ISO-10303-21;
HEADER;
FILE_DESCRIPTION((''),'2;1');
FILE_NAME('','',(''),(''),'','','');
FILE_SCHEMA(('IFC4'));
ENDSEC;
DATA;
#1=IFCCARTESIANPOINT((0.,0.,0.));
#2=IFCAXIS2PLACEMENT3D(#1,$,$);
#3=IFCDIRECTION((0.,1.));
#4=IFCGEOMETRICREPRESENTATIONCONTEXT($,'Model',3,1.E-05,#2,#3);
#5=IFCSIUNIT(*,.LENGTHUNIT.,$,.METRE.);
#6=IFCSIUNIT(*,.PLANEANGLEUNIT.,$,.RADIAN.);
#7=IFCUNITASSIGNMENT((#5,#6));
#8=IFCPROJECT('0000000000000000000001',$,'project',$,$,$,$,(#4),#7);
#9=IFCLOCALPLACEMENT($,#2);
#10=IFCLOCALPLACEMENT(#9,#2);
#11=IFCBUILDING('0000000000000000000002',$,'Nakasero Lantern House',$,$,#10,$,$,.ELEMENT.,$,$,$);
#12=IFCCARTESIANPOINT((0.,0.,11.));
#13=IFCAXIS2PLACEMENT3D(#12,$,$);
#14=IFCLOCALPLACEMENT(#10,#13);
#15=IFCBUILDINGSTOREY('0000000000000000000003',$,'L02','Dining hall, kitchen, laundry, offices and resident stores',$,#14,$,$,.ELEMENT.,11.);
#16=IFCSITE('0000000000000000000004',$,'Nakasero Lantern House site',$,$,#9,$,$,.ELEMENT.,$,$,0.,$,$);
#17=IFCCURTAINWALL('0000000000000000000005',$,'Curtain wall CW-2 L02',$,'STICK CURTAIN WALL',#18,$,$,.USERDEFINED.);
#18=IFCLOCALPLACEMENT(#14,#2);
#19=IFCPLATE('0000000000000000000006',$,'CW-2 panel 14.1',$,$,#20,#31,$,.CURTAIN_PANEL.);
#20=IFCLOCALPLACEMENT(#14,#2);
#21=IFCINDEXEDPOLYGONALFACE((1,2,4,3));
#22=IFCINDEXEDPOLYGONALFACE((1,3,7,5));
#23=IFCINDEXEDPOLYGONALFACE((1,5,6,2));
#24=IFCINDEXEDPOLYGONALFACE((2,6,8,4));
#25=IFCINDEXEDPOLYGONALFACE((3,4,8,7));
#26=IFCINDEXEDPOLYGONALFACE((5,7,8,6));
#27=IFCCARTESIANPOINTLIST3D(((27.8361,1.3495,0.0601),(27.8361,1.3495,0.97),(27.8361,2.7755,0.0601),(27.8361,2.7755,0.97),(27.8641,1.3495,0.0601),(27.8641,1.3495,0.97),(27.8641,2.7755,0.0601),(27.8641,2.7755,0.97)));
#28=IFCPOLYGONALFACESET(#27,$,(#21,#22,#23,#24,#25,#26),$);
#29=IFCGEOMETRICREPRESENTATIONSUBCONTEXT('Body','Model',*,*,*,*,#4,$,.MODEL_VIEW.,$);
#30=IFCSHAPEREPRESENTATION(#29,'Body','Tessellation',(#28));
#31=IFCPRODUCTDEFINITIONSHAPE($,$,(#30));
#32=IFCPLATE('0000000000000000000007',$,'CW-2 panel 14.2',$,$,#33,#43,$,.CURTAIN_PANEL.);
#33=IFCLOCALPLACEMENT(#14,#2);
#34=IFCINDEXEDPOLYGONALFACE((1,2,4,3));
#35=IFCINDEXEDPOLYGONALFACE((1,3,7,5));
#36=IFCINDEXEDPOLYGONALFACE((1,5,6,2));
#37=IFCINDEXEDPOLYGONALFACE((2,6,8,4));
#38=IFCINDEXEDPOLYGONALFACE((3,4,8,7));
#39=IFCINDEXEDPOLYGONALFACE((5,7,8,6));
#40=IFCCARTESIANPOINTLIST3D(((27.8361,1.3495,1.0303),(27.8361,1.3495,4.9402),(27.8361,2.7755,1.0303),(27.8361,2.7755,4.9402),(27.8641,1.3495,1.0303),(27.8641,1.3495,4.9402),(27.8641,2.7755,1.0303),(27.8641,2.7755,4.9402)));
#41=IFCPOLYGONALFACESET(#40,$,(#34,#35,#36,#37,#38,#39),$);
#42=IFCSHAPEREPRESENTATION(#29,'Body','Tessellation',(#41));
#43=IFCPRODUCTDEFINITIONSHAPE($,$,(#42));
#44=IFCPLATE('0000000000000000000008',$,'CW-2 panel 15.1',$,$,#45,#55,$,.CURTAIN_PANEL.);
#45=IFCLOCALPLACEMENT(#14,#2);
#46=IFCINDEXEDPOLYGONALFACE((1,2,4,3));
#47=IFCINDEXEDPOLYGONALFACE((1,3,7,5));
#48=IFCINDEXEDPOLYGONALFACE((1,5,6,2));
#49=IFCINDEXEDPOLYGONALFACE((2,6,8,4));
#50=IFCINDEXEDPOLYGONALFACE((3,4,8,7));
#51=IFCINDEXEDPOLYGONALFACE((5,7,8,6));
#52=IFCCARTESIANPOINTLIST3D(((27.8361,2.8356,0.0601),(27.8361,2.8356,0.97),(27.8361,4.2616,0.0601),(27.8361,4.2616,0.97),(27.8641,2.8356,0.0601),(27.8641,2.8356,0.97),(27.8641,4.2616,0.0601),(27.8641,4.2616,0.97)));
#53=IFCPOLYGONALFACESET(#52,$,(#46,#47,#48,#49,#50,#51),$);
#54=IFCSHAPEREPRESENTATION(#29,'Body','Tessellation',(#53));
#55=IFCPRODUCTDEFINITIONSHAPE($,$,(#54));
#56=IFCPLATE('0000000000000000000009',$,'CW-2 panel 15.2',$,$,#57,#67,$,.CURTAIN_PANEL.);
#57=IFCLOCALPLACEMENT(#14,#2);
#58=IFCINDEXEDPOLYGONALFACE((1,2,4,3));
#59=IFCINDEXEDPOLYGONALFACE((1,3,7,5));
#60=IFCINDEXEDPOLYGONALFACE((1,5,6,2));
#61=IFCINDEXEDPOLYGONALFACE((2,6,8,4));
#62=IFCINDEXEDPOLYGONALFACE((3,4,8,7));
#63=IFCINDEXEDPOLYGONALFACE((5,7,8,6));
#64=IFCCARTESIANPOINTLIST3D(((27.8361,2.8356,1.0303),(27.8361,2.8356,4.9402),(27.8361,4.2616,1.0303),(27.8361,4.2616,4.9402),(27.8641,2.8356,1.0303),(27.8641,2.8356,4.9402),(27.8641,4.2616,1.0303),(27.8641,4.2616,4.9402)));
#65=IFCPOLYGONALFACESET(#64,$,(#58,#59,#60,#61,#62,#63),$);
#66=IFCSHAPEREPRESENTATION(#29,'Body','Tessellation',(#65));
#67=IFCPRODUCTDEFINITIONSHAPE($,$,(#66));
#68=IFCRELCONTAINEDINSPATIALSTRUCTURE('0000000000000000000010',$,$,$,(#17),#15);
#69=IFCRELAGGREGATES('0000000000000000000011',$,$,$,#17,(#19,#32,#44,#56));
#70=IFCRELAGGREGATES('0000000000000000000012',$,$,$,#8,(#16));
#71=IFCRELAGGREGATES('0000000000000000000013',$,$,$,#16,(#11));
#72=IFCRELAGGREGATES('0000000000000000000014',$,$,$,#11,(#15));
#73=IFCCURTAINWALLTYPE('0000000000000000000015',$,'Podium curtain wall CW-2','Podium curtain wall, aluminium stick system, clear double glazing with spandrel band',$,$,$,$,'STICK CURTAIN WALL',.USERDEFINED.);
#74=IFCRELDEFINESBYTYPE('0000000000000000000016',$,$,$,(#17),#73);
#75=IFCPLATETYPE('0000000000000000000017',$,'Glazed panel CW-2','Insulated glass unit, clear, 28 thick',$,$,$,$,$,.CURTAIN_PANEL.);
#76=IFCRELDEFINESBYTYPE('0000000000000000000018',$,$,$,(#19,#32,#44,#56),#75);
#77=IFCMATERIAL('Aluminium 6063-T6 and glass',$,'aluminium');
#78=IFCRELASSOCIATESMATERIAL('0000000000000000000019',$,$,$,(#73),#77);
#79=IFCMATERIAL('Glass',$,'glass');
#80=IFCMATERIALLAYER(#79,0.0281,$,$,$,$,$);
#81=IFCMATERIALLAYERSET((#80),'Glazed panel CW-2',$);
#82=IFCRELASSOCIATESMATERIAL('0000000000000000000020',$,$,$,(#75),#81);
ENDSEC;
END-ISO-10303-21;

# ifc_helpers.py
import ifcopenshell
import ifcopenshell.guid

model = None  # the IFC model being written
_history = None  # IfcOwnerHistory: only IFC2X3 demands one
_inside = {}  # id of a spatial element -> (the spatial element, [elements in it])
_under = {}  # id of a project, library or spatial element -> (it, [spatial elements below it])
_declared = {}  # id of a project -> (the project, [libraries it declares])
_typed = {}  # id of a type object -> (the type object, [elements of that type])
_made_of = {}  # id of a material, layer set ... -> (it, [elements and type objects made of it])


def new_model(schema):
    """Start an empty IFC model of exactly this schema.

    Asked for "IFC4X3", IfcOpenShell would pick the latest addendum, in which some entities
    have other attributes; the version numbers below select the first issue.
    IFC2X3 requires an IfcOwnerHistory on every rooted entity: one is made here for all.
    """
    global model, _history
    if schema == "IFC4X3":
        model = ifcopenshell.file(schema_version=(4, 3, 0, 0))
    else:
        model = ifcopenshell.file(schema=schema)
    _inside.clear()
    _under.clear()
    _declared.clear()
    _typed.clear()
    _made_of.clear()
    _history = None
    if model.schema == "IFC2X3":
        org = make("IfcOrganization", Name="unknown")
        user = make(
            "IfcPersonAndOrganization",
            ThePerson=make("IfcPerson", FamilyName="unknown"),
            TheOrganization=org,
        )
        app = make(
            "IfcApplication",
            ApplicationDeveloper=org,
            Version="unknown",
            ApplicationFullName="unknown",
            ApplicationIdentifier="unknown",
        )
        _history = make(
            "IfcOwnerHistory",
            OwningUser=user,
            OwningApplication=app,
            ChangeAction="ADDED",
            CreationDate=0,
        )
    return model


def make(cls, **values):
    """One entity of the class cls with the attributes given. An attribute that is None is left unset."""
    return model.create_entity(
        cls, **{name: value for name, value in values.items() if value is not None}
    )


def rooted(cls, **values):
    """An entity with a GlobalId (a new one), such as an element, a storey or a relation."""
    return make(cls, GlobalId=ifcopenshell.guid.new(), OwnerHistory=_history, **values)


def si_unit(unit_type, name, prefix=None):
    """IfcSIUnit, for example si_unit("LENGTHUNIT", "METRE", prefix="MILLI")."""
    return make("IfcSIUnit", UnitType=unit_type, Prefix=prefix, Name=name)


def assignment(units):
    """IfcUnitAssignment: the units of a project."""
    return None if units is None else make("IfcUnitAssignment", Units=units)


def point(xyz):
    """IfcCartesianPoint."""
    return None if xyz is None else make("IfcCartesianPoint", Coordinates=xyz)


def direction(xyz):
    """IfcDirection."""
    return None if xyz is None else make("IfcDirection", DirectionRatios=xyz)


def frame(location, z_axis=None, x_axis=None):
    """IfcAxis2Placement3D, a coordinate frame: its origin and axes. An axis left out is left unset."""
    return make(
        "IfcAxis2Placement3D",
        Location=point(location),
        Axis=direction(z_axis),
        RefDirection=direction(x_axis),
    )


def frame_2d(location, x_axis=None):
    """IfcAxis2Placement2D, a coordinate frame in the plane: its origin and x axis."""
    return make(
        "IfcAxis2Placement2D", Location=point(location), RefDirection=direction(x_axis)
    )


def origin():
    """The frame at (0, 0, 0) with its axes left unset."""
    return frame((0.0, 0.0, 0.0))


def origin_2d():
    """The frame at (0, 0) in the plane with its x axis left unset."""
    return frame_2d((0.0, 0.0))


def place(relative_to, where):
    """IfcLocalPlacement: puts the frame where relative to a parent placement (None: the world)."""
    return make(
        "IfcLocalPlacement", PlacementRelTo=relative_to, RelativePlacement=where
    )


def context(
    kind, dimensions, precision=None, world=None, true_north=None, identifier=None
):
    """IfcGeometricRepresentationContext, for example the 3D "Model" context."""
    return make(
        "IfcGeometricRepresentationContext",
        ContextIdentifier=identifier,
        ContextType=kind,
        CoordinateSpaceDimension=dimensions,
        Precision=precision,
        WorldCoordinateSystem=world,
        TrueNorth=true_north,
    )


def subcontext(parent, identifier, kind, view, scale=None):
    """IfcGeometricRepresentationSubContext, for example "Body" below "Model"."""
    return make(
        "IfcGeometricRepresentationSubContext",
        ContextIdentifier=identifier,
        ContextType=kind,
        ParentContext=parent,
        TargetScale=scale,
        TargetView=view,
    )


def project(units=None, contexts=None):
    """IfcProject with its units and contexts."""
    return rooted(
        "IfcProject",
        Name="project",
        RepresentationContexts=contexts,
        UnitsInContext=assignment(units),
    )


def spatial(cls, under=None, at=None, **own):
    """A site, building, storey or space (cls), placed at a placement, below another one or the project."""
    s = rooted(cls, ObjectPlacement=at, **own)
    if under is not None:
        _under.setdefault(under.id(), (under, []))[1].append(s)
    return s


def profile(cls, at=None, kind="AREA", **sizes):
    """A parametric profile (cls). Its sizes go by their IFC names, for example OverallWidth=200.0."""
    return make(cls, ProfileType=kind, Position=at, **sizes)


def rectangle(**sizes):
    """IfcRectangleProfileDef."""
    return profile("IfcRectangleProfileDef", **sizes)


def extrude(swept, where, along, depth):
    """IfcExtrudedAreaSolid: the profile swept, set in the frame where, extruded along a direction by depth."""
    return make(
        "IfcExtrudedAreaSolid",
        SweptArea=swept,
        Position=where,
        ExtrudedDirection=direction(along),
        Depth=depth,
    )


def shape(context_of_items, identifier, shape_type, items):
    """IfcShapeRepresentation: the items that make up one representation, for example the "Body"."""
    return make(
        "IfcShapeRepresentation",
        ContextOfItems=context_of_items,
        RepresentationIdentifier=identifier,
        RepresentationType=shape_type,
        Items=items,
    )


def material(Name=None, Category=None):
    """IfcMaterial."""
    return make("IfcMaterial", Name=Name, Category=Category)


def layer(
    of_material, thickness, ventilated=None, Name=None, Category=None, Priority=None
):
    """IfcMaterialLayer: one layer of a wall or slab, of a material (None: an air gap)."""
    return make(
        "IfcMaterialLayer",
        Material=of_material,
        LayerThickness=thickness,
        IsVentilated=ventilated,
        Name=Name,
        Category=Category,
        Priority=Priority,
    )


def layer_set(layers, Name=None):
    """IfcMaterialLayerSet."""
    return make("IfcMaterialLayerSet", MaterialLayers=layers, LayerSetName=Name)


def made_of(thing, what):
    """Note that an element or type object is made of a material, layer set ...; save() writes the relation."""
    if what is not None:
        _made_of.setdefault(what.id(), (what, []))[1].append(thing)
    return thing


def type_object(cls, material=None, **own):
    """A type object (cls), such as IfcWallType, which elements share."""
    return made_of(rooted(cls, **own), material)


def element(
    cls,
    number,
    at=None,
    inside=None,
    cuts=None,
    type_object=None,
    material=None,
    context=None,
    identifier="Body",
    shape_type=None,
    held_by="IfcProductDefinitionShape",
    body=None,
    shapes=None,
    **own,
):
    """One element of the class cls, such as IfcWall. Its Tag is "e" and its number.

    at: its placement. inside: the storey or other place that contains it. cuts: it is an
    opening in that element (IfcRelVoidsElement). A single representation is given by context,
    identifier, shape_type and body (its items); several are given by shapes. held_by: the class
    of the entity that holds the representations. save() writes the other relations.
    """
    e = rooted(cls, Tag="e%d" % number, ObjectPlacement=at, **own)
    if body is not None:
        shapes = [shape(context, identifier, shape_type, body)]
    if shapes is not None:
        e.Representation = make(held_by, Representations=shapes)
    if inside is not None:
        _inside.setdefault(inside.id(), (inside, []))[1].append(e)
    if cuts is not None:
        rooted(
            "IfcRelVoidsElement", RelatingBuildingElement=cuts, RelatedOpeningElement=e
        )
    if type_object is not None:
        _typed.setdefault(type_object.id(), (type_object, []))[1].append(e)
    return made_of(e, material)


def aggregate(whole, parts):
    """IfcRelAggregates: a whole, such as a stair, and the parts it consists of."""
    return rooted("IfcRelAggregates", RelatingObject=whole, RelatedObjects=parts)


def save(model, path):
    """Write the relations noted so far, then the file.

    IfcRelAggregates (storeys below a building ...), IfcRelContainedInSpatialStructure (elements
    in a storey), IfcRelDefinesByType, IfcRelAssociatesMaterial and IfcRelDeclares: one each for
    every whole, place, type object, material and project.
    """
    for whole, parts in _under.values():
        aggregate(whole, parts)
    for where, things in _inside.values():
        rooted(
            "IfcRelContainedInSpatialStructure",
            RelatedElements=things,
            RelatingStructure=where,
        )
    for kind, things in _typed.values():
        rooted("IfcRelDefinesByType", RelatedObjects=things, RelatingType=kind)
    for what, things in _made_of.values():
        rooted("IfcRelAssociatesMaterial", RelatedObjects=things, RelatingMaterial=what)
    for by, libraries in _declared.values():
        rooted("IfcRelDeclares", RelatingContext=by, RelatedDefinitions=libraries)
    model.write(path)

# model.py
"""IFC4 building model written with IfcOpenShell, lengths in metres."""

from ifc_helpers import new_model, si_unit, direction, frame, origin, origin_2d, place, context, subcontext, project, spatial, rectangle, extrude, material, layer, layer_set, type_object, element, aggregate, save


model = new_model("IFC4")

# Units and contexts
model_context = context("Model", 3, precision=1e-05, world=origin(), true_north=direction((0.0, 1.0)))
body_context = subcontext(model_context, "Body", "Model", "MODEL_VIEW")
ifc_project = project(units=[si_unit("LENGTHUNIT", "METRE"), si_unit("PLANEANGLEUNIT", "RADIAN")], contexts=[model_context])

# Site, building, storey
site_placement = place(None, origin())
site = spatial("IfcSite", under=ifc_project, at=site_placement, Name="Nakasero Lantern House site", CompositionType="ELEMENT", RefElevation=0.0)
building_placement = place(site_placement, origin())
building = spatial("IfcBuilding", under=site, at=building_placement, Name="Nakasero Lantern House", CompositionType="ELEMENT")
storey_placement = place(building_placement, frame((0.0, 0.0, 11.0)))
storey = spatial("IfcBuildingStorey", under=building, at=storey_placement, Name="L02", Description="Dining hall, kitchen, laundry, offices and resident stores", CompositionType="ELEMENT", Elevation=11.0)

# Curtain wall
ifc_material_1 = material(Name="Aluminium 6063-T6 and glass", Category="aluminium")
curtain_wall_type = type_object("IfcCurtainWallType", Name="Podium curtain wall CW-2", Description="Podium curtain wall, aluminium stick system, clear double glazing with spandrel band", ElementType="STICK CURTAIN WALL", PredefinedType="USERDEFINED", material=ifc_material_1)
curtain_wall_placement = place(storey_placement, origin())
curtain_wall = element("IfcCurtainWall", 1, at=curtain_wall_placement, inside=storey, type_object=curtain_wall_type, Name="Curtain wall CW-2 L02", ObjectType="STICK CURTAIN WALL", PredefinedType="USERDEFINED")

# Plates
ifc_material_2 = material(Name="Glass", Category="glass")
ifc_layer = layer(ifc_material_2, 0.0281)
ifc_layer_set = layer_set([ifc_layer], Name="Glazed panel CW-2")
plate_type = type_object("IfcPlateType", Name="Glazed panel CW-2", Description="Insulated glass unit, clear, 28 thick", PredefinedType="CURTAIN_PANEL", material=ifc_layer_set)
plate_1_placement = place(storey_placement, frame((27.8501, 2.0625, 0.0601), z_axis=(0.0, 0.0, 1.0), x_axis=(0.0, 1.0, 0.0)))
plate_1 = element("IfcPlate", 2, at=plate_1_placement, type_object=plate_type, Name="CW-2 panel 14.1", PredefinedType="CURTAIN_PANEL", context=body_context, shape_type="SweptSolid", body=[
    extrude(rectangle(XDim=1.426, YDim=0.0281, at=origin_2d()), origin(), (0.0, 0.0, 1.0), 0.9099),
])
plate_2_placement = place(storey_placement, frame((27.8501, 2.0625, 1.0303), z_axis=(0.0, 0.0, 1.0), x_axis=(0.0, 1.0, 0.0)))
plate_2 = element("IfcPlate", 3, at=plate_2_placement, type_object=plate_type, Name="CW-2 panel 14.2", PredefinedType="CURTAIN_PANEL", context=body_context, shape_type="SweptSolid", body=[
    extrude(rectangle(XDim=1.426, YDim=0.0281, at=origin_2d()), origin(), (0.0, 0.0, 1.0), 3.9099),
])
plate_3_placement = place(storey_placement, frame((27.8501, 3.5486, 0.0601), z_axis=(0.0, 0.0, 1.0), x_axis=(0.0, 1.0, 0.0)))
plate_3 = element("IfcPlate", 4, at=plate_3_placement, type_object=plate_type, Name="CW-2 panel 15.1", PredefinedType="CURTAIN_PANEL", context=body_context, shape_type="SweptSolid", body=[
    extrude(rectangle(XDim=1.426, YDim=0.0281, at=origin_2d()), origin(), (0.0, 0.0, 1.0), 0.9099),
])
plate_4_placement = place(storey_placement, frame((27.8501, 3.5486, 1.0303), z_axis=(0.0, 0.0, 1.0), x_axis=(0.0, 1.0, 0.0)))
plate_4 = element("IfcPlate", 5, at=plate_4_placement, type_object=plate_type, Name="CW-2 panel 15.2", PredefinedType="CURTAIN_PANEL", context=body_context, shape_type="SweptSolid", body=[
    extrude(rectangle(XDim=1.426, YDim=0.0281, at=origin_2d()), origin(), (0.0, 0.0, 1.0), 3.9099),
])
aggregate(curtain_wall, [plate_1, plate_2, plate_3, plate_4])

save(model, "model.ifc")
